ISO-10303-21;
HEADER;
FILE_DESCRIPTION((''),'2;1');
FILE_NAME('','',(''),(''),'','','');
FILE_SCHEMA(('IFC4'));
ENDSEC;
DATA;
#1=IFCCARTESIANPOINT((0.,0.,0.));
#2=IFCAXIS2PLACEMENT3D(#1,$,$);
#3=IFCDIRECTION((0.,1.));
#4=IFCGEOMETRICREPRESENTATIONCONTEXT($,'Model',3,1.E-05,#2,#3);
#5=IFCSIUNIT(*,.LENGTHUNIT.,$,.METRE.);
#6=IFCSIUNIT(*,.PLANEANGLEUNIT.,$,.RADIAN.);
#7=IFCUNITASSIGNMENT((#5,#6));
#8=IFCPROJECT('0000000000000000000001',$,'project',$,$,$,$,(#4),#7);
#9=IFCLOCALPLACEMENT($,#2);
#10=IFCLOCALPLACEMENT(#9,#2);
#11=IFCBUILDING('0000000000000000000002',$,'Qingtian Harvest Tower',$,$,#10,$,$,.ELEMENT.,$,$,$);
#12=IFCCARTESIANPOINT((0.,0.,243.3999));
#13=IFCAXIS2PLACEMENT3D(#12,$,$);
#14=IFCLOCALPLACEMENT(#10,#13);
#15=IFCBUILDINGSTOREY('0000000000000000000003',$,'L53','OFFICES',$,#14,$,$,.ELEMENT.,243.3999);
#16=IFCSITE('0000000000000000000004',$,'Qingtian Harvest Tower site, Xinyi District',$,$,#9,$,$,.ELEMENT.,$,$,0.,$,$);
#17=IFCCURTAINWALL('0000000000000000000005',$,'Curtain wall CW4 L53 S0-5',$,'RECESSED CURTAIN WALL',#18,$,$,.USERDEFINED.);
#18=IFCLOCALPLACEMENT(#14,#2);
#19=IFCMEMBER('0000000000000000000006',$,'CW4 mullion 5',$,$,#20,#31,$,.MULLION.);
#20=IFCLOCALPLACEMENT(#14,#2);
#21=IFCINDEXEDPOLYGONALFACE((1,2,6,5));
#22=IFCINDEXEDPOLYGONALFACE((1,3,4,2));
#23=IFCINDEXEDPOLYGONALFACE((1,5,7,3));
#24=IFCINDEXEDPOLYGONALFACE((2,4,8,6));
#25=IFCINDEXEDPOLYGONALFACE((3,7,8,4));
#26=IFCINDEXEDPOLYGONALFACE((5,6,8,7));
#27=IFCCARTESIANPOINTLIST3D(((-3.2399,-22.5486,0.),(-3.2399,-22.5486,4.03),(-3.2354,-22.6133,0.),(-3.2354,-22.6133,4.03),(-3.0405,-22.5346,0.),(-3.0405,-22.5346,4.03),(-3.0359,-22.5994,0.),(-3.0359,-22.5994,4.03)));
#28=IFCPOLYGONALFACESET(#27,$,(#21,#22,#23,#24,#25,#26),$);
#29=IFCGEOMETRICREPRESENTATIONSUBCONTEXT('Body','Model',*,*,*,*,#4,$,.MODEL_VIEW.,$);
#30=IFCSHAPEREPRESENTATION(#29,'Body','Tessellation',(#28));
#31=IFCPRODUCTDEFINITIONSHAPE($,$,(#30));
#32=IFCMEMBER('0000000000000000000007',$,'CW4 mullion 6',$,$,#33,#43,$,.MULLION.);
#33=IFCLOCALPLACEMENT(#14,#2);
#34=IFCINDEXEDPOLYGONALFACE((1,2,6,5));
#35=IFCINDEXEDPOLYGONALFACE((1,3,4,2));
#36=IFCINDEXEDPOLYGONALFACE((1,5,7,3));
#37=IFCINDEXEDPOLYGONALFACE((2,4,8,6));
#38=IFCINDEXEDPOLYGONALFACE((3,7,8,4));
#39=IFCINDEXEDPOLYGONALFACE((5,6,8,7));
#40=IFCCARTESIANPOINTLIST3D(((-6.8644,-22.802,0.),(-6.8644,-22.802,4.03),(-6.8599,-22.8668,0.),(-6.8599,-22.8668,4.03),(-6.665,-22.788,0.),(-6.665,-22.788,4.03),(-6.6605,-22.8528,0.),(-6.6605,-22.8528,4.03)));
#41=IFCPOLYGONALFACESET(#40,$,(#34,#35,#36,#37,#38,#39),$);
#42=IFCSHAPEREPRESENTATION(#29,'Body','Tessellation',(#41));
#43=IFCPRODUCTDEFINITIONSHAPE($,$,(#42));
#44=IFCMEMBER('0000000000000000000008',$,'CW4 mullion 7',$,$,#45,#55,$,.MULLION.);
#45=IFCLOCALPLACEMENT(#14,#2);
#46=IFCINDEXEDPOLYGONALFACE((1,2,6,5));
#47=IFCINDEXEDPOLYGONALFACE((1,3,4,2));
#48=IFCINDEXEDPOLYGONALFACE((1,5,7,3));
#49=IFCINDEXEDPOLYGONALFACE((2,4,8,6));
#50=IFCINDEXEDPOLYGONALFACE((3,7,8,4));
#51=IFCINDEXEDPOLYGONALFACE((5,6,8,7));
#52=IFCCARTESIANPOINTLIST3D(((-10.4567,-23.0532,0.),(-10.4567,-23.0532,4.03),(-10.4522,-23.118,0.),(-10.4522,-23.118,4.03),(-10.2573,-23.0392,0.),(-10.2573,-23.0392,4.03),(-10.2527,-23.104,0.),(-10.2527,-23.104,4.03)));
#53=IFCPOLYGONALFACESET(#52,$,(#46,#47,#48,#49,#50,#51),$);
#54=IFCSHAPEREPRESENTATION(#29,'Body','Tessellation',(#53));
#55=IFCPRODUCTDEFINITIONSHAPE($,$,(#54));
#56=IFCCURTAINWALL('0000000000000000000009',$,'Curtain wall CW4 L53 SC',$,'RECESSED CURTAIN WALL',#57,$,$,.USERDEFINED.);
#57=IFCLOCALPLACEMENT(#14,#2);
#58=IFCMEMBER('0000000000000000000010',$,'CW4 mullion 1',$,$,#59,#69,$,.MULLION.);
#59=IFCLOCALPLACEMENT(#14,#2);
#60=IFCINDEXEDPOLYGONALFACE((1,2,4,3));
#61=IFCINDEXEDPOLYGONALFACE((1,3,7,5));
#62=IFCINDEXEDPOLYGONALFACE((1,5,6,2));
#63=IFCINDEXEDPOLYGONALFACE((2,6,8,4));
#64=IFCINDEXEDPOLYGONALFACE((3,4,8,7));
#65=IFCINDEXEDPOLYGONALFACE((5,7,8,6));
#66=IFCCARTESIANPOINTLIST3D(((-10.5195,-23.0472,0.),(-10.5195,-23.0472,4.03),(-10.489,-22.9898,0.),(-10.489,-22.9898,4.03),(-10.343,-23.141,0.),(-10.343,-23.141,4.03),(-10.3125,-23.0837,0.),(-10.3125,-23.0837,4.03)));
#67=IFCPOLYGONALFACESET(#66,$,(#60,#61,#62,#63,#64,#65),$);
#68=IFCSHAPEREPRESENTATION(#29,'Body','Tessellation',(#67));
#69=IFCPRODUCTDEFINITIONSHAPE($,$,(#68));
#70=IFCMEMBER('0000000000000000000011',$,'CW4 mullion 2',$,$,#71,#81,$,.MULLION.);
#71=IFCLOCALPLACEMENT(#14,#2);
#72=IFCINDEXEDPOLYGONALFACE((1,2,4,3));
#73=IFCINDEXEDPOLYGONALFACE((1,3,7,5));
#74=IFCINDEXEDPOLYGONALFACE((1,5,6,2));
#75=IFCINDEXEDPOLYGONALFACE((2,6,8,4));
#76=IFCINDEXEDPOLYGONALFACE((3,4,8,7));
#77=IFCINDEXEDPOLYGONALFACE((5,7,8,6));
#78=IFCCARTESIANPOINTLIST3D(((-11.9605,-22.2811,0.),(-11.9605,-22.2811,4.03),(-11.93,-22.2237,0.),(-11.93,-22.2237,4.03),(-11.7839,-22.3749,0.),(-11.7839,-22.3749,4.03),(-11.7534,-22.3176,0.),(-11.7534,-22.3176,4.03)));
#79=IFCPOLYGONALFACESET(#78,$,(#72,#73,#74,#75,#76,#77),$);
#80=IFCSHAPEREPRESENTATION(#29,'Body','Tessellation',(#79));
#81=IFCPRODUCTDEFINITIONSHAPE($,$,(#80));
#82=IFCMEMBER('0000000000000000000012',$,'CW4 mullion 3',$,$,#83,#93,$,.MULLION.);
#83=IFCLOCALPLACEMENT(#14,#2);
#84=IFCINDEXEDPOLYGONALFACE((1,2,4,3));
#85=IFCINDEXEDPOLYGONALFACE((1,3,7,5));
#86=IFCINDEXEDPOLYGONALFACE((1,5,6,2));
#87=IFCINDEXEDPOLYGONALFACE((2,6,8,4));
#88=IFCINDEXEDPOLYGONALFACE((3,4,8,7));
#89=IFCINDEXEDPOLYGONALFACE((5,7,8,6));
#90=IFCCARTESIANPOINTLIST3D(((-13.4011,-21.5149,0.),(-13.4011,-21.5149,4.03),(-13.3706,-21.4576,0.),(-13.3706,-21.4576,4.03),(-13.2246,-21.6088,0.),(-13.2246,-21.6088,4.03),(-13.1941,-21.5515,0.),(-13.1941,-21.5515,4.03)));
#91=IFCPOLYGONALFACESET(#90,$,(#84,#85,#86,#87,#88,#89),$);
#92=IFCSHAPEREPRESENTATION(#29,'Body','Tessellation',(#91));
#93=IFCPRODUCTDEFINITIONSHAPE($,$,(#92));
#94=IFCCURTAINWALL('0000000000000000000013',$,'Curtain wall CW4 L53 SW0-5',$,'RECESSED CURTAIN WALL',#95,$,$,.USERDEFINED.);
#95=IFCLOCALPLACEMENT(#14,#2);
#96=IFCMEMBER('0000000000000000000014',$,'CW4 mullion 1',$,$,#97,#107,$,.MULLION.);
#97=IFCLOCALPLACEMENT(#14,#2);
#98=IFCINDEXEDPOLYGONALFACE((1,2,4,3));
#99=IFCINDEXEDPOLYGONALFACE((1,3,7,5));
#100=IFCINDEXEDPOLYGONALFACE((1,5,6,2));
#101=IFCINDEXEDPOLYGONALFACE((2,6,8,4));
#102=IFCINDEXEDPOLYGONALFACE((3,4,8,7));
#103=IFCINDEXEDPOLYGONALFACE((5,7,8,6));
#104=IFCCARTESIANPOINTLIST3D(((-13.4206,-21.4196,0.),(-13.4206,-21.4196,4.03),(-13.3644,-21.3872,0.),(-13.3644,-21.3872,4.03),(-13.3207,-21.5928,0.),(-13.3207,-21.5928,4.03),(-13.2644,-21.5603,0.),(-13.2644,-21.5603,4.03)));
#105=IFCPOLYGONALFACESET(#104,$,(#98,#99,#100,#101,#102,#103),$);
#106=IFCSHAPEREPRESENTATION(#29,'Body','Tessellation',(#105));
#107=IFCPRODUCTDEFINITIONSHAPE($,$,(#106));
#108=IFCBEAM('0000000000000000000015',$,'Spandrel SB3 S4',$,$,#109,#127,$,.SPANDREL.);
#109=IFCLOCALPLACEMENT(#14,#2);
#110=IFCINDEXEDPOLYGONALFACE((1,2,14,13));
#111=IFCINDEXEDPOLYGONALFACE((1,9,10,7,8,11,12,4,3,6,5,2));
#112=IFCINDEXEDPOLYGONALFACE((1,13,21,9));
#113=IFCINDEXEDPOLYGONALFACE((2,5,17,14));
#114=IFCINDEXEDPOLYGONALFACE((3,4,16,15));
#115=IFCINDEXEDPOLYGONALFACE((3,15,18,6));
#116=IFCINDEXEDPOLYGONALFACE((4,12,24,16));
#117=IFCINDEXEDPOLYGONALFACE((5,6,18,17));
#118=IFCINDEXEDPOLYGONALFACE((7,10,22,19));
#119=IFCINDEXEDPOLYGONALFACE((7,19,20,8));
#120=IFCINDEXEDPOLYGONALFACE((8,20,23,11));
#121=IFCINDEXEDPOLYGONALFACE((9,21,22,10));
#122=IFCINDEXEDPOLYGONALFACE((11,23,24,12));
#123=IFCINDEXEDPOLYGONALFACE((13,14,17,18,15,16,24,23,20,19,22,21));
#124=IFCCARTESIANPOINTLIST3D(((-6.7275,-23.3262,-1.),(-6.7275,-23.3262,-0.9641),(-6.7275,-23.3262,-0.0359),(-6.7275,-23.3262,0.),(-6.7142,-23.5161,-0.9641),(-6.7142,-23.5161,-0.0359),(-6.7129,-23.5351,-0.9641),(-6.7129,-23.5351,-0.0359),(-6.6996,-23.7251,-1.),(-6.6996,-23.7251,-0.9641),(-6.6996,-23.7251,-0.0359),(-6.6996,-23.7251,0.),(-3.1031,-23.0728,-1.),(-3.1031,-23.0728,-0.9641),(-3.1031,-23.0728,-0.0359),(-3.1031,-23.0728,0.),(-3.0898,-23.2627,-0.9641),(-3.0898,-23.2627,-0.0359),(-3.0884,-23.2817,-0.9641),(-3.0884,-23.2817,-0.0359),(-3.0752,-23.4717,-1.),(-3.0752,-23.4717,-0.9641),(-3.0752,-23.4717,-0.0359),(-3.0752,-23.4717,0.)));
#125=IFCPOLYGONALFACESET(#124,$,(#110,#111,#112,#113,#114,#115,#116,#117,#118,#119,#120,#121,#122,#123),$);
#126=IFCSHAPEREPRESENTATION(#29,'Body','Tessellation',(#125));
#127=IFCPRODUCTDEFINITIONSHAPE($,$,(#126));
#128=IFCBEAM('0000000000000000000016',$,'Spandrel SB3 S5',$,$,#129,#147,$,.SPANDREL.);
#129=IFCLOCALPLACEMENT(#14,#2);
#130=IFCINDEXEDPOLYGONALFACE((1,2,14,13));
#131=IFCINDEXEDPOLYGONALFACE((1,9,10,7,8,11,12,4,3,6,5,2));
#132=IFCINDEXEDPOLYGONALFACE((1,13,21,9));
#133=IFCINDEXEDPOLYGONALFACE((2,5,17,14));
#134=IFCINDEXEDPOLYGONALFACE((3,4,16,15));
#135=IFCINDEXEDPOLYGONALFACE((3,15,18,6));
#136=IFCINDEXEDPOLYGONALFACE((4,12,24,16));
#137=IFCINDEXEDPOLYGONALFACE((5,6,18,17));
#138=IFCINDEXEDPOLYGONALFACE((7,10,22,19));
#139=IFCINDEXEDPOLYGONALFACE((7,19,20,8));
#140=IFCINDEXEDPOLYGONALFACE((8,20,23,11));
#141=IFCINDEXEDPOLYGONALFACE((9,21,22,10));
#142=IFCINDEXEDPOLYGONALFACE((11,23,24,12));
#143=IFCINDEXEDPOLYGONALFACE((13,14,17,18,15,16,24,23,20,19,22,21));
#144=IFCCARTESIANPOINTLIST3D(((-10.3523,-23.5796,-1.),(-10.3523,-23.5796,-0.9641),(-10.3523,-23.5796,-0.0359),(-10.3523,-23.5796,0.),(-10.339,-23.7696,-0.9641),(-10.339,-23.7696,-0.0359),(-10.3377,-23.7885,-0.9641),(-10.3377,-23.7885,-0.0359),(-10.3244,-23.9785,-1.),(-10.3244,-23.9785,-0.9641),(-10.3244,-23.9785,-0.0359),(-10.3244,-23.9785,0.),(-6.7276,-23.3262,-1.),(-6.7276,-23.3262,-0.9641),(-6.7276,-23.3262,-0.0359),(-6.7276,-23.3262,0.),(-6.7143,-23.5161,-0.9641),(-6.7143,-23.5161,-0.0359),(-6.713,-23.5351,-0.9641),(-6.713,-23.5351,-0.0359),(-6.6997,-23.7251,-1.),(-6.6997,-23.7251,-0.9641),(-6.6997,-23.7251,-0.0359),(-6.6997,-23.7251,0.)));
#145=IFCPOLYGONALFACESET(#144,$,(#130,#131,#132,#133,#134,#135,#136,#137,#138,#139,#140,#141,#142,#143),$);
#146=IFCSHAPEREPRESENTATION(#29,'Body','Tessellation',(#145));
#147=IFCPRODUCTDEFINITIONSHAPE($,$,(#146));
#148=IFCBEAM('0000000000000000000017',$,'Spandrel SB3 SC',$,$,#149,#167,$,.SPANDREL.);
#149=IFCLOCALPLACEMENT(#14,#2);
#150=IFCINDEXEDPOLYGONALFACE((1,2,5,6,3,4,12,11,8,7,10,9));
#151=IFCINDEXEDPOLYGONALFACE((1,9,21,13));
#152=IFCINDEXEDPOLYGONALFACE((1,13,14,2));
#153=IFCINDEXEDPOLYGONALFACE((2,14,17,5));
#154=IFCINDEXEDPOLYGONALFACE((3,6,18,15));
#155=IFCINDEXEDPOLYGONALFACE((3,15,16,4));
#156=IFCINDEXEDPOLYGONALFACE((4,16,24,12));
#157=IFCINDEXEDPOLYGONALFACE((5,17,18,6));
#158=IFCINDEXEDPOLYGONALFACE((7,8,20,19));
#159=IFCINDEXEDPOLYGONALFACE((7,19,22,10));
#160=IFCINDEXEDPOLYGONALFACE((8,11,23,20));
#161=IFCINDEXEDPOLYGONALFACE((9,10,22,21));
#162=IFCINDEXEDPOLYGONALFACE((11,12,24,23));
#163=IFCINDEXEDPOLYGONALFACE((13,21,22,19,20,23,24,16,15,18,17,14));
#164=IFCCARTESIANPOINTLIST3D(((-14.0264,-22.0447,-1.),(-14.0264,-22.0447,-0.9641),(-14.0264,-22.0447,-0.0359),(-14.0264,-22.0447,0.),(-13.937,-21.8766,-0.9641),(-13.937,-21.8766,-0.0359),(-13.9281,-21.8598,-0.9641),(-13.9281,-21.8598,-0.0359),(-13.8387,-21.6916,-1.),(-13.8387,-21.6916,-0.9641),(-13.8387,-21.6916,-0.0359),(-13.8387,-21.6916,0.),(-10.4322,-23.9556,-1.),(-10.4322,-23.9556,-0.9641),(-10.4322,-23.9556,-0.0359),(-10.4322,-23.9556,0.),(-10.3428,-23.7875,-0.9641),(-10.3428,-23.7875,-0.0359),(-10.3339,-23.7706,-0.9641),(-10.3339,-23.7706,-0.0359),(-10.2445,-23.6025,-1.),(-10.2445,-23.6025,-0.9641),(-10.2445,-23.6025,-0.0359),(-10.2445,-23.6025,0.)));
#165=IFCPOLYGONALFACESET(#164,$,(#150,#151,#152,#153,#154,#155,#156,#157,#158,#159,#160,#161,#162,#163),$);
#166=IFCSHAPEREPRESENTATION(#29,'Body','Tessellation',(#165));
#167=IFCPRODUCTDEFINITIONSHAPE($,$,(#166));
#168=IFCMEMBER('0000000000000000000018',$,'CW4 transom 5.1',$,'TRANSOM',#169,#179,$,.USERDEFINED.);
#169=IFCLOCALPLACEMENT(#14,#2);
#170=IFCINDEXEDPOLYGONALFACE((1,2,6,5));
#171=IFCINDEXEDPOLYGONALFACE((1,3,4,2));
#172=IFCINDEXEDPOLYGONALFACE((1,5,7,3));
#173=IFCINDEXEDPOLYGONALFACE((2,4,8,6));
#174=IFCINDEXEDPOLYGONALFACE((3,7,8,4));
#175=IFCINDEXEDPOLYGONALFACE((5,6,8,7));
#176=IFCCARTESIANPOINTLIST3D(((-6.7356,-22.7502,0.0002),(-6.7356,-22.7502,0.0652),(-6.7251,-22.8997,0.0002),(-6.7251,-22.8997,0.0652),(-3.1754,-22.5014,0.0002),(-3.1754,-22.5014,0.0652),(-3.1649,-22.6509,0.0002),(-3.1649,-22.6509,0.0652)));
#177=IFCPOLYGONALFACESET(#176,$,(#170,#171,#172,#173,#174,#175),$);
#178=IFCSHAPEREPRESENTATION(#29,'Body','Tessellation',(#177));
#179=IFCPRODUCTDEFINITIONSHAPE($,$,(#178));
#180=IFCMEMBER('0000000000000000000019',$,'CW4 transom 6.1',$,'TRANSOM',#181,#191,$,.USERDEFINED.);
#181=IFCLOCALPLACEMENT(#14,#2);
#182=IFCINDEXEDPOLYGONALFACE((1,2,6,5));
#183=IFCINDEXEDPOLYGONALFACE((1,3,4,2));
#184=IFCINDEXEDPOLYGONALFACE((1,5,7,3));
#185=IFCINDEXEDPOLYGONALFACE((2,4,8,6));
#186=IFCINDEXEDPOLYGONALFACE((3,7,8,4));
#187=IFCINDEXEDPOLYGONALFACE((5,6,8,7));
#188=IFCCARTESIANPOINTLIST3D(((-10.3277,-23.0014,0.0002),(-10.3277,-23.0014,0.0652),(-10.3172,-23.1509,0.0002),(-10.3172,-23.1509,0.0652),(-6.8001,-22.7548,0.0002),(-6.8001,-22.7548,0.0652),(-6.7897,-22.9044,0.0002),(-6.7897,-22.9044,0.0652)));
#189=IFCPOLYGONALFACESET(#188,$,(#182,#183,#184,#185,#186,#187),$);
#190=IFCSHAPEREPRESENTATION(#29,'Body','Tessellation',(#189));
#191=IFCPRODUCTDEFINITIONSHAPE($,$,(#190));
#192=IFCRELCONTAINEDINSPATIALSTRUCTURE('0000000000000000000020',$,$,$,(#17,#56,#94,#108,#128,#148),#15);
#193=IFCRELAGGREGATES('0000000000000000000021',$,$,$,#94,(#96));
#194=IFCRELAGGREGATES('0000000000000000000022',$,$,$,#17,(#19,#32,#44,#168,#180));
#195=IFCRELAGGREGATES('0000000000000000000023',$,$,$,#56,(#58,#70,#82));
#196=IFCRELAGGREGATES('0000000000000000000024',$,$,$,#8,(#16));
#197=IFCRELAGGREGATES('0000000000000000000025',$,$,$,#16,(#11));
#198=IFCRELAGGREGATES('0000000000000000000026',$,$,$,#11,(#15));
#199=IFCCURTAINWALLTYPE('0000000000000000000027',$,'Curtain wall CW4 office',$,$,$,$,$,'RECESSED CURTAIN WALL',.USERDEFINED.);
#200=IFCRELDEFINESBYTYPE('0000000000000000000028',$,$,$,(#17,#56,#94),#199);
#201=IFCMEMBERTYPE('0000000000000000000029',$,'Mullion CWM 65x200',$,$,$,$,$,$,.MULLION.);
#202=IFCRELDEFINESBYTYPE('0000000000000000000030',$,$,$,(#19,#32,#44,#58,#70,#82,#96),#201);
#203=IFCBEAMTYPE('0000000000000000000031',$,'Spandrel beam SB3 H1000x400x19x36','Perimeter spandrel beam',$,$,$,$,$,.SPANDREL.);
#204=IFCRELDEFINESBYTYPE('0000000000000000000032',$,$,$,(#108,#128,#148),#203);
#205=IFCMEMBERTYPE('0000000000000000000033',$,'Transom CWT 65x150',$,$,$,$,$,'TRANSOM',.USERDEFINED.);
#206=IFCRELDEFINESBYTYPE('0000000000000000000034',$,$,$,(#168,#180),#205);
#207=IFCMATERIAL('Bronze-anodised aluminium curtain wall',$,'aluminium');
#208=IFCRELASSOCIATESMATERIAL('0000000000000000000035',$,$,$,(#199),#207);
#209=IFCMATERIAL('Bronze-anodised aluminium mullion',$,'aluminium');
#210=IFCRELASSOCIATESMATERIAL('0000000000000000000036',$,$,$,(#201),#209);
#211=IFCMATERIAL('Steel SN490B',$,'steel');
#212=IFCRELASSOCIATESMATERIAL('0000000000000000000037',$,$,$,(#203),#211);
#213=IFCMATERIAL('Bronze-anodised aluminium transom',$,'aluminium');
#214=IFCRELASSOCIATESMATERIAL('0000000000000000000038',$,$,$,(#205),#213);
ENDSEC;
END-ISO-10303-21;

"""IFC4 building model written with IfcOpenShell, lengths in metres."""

from ifc_helpers import new_model, si_unit, direction, frame, origin, origin_2d, place, context, subcontext, project, spatial, rectangle, i_section, extrude, material, material_profile, profile_set, type_object, element, aggregate, save


model = new_model("IFC4")

# Units and contexts
model_context = context("Model", 3, precision=1e-05, world=origin(), true_north=direction((0.0, 1.0)))
body_context = subcontext(model_context, "Body", "Model", "MODEL_VIEW")
ifc_project = project(units=[si_unit("LENGTHUNIT", "METRE"), si_unit("PLANEANGLEUNIT", "RADIAN")], contexts=[model_context])

# Site, building, storey
site_placement = place(None, origin())
site = spatial("IfcSite", under=ifc_project, at=site_placement, Name="Qingtian Harvest Tower site, Xinyi District", CompositionType="ELEMENT", RefElevation=0.0)
building_placement = place(site_placement, origin())
building = spatial("IfcBuilding", under=site, at=building_placement, Name="Qingtian Harvest Tower", CompositionType="ELEMENT")
storey_placement = place(building_placement, frame((0.0, 0.0, 243.3999)))
storey = spatial("IfcBuildingStorey", under=building, at=storey_placement, Name="L53", Description="OFFICES", CompositionType="ELEMENT", Elevation=243.3999)

# Curtain walls, members
ifc_material_1 = material(Name="Bronze-anodised aluminium curtain wall", Category="aluminium")
curtain_wall_type = type_object("IfcCurtainWallType", Name="Curtain wall CW4 office", ElementType="RECESSED CURTAIN WALL", PredefinedType="USERDEFINED", material=ifc_material_1)
curtain_wall_1_placement = place(storey_placement, origin())
curtain_wall_1 = element("IfcCurtainWall", 1, at=curtain_wall_1_placement, inside=storey, type_object=curtain_wall_type, Name="Curtain wall CW4 L53 S0-5", ObjectType="RECESSED CURTAIN WALL", PredefinedType="USERDEFINED")
ifc_material_2 = material(Name="Bronze-anodised aluminium mullion", Category="aluminium")
ifc_material_profile_1 = material_profile(ifc_material_2, rectangle(XDim=0.0649, YDim=0.2, at=origin_2d()), Name="AL 65x200")
ifc_profile_set_1 = profile_set([ifc_material_profile_1], Name="Bronze-anodised aluminium mullion")
member_type_1 = type_object("IfcMemberType", Name="Mullion CWM 65x200", PredefinedType="MULLION", material=ifc_profile_set_1)
member_1_placement = place(storey_placement, frame((-3.1379, -22.574, 0.0), z_axis=(0.0, 0.0, 1.0), x_axis=(0.069756, -0.997564, 0.0)))
member_1 = element("IfcMember", 2, at=member_1_placement, type_object=member_type_1, Name="CW4 mullion 5", PredefinedType="MULLION", context=body_context, shape_type="SweptSolid", body=[
    extrude(rectangle(XDim=0.0649, YDim=0.2, at=origin_2d()), origin(), (0.0, 0.0, 1.0), 4.03),
])
member_2_placement = place(storey_placement, frame((-6.7625, -22.8274, 0.0), z_axis=(0.0, 0.0, 1.0), x_axis=(0.069756, -0.997564, 0.0)))
member_2 = element("IfcMember", 3, at=member_2_placement, type_object=member_type_1, Name="CW4 mullion 6", PredefinedType="MULLION", context=body_context, shape_type="SweptSolid", body=[
    extrude(rectangle(XDim=0.0649, YDim=0.2, at=origin_2d()), origin(), (0.0, 0.0, 1.0), 4.03),
])
member_3_placement = place(storey_placement, frame((-10.3547, -23.0786, 0.0), z_axis=(0.0, 0.0, 1.0), x_axis=(0.069756, -0.997564, 0.0)))
member_3 = element("IfcMember", 4, at=member_3_placement, type_object=member_type_1, Name="CW4 mullion 7", PredefinedType="MULLION", context=body_context, shape_type="SweptSolid", body=[
    extrude(rectangle(XDim=0.0649, YDim=0.2, at=origin_2d()), origin(), (0.0, 0.0, 1.0), 4.03),
])
curtain_wall_2_placement = place(storey_placement, origin())
curtain_wall_2 = element("IfcCurtainWall", 5, at=curtain_wall_2_placement, inside=storey, type_object=curtain_wall_type, Name="Curtain wall CW4 L53 SC", ObjectType="RECESSED CURTAIN WALL", PredefinedType="USERDEFINED")
member_4_placement = place(storey_placement, frame((-10.416, -23.0654, 0.0), z_axis=(0.0, 0.0, 1.0), x_axis=(-0.469472, -0.882948, 0.0)))
member_4 = element("IfcMember", 6, at=member_4_placement, type_object=member_type_1, Name="CW4 mullion 1", PredefinedType="MULLION", context=body_context, shape_type="SweptSolid", body=[
    extrude(rectangle(XDim=0.0649, YDim=0.2, at=origin_2d()), origin(), (0.0, 0.0, 1.0), 4.03),
])
member_5_placement = place(storey_placement, frame((-11.8569, -22.2993, 0.0), z_axis=(0.0, 0.0, 1.0), x_axis=(-0.469472, -0.882948, 0.0)))
member_5 = element("IfcMember", 7, at=member_5_placement, type_object=member_type_1, Name="CW4 mullion 2", PredefinedType="MULLION", context=body_context, shape_type="SweptSolid", body=[
    extrude(rectangle(XDim=0.0649, YDim=0.2, at=origin_2d()), origin(), (0.0, 0.0, 1.0), 4.03),
])
member_6_placement = place(storey_placement, frame((-13.2976, -21.5332, 0.0), z_axis=(0.0, 0.0, 1.0), x_axis=(-0.469472, -0.882948, 0.0)))
member_6 = element("IfcMember", 8, at=member_6_placement, type_object=member_type_1, Name="CW4 mullion 3", PredefinedType="MULLION", context=body_context, shape_type="SweptSolid", body=[
    extrude(rectangle(XDim=0.0649, YDim=0.2, at=origin_2d()), origin(), (0.0, 0.0, 1.0), 4.03),
])

# Curtain wall, member
curtain_wall_3_placement = place(storey_placement, origin())
curtain_wall_3 = element("IfcCurtainWall", 9, at=curtain_wall_3_placement, inside=storey, type_object=curtain_wall_type, Name="Curtain wall CW4 L53 SW0-5", ObjectType="RECESSED CURTAIN WALL", PredefinedType="USERDEFINED")
member_7_placement = place(storey_placement, frame((-13.3425, -21.49, 0.0), z_axis=(0.0, 0.0, 1.0), x_axis=(-0.866025, -0.5, 0.0)))
member_7 = element("IfcMember", 10, at=member_7_placement, type_object=member_type_1, Name="CW4 mullion 1", PredefinedType="MULLION", context=body_context, shape_type="SweptSolid", body=[
    extrude(rectangle(XDim=0.0649, YDim=0.2, at=origin_2d()), origin(), (0.0, 0.0, 1.0), 4.03),
])

# Beams
ifc_material_3 = material(Name="Steel SN490B", Category="steel")
ifc_material_profile_2 = material_profile(ifc_material_3, i_section(OverallWidth=0.3999, OverallDepth=1.0, WebThickness=0.019, FlangeThickness=0.0359, at=origin_2d()), Name="H1000x400x19x36")
ifc_profile_set_2 = profile_set([ifc_material_profile_2], Name="Steel SN490B")
beam_type_1 = type_object("IfcBeamType", Name="Spandrel beam SB3 H1000x400x19x36", Description="Perimeter spandrel beam", PredefinedType="SPANDREL", material=ifc_profile_set_2)
beam_1_placement = place(storey_placement, frame((-3.0891, -23.2722, -0.5), z_axis=(-0.997565, -0.069748, 0.0), x_axis=(0.069748, -0.997565, 0.0)))
element("IfcBeam", 11, at=beam_1_placement, inside=storey, type_object=beam_type_1, Name="Spandrel SB3 S4", PredefinedType="SPANDREL", context=body_context, shape_type="SweptSolid", body=[
    extrude(i_section(OverallWidth=0.3999, OverallDepth=1.0, WebThickness=0.019, FlangeThickness=0.0359, at=origin_2d()), origin(), (0.0, 0.0, 1.0), 3.6333),
])
beam_2_placement = place(storey_placement, frame((-6.7136, -23.5256, -0.5), z_axis=(-0.997565, -0.069743, 0.0), x_axis=(0.069743, -0.997565, 0.0)))
element("IfcBeam", 12, at=beam_2_placement, inside=storey, type_object=beam_type_1, Name="Spandrel SB3 S5", PredefinedType="SPANDREL", context=body_context, shape_type="SweptSolid", body=[
    extrude(i_section(OverallWidth=0.3999, OverallDepth=1.0, WebThickness=0.019, FlangeThickness=0.0359, at=origin_2d()), origin(), (0.0, 0.0, 1.0), 3.6335),
])
beam_3_placement = place(storey_placement, frame((-10.3384, -23.7791, -0.5), z_axis=(-0.882968, 0.469433, 0.0), x_axis=(-0.469433, -0.882968, 0.0)))
element("IfcBeam", 13, at=beam_3_placement, inside=storey, type_object=beam_type_1, Name="Spandrel SB3 SC", PredefinedType="SPANDREL", context=body_context, shape_type="SweptSolid", body=[
    extrude(i_section(OverallWidth=0.3999, OverallDepth=1.0, WebThickness=0.019, FlangeThickness=0.0359, at=origin_2d()), origin(), (0.0, 0.0, 1.0), 4.0706),
])

# Members
ifc_material_4 = material(Name="Bronze-anodised aluminium transom", Category="aluminium")
ifc_material_profile_3 = material_profile(ifc_material_4, rectangle(XDim=0.1499, YDim=0.0649, at=origin_2d()), Name="AL 65x150")
ifc_profile_set_3 = profile_set([ifc_material_profile_3], Name="Bronze-anodised aluminium transom")
member_type_2 = type_object("IfcMemberType", Name="Transom CWT 65x150", ElementType="TRANSOM", PredefinedType="USERDEFINED", material=ifc_profile_set_3)
member_8_placement = place(storey_placement, frame((-3.1702, -22.5762, 0.0327), z_axis=(-0.997567, -0.069711, 0.0), x_axis=(0.069711, -0.997567, 0.0)))
member_8 = element("IfcMember", 14, at=member_8_placement, type_object=member_type_2, Name="CW4 transom 5.1", ObjectType="TRANSOM", PredefinedType="USERDEFINED", context=body_context, shape_type="SweptSolid", body=[
    extrude(rectangle(XDim=0.1499, YDim=0.0649, at=origin_2d()), origin(), (0.0, 0.0, 1.0), 3.5688),
])
member_9_placement = place(storey_placement, frame((-6.7949, -22.8296, 0.0327), z_axis=(-0.997566, -0.069731, 0.0), x_axis=(0.069731, -0.997566, 0.0)))
member_9 = element("IfcMember", 15, at=member_9_placement, type_object=member_type_2, Name="CW4 transom 6.1", ObjectType="TRANSOM", PredefinedType="USERDEFINED", context=body_context, shape_type="SweptSolid", body=[
    extrude(rectangle(XDim=0.1499, YDim=0.0649, at=origin_2d()), origin(), (0.0, 0.0, 1.0), 3.5361),
])
aggregate(curtain_wall_3, [member_7])

aggregate(curtain_wall_1, [member_1, member_2, member_3, member_8, member_9])
aggregate(curtain_wall_2, [member_4, member_5, member_6])

save(model, "model.ifc")
